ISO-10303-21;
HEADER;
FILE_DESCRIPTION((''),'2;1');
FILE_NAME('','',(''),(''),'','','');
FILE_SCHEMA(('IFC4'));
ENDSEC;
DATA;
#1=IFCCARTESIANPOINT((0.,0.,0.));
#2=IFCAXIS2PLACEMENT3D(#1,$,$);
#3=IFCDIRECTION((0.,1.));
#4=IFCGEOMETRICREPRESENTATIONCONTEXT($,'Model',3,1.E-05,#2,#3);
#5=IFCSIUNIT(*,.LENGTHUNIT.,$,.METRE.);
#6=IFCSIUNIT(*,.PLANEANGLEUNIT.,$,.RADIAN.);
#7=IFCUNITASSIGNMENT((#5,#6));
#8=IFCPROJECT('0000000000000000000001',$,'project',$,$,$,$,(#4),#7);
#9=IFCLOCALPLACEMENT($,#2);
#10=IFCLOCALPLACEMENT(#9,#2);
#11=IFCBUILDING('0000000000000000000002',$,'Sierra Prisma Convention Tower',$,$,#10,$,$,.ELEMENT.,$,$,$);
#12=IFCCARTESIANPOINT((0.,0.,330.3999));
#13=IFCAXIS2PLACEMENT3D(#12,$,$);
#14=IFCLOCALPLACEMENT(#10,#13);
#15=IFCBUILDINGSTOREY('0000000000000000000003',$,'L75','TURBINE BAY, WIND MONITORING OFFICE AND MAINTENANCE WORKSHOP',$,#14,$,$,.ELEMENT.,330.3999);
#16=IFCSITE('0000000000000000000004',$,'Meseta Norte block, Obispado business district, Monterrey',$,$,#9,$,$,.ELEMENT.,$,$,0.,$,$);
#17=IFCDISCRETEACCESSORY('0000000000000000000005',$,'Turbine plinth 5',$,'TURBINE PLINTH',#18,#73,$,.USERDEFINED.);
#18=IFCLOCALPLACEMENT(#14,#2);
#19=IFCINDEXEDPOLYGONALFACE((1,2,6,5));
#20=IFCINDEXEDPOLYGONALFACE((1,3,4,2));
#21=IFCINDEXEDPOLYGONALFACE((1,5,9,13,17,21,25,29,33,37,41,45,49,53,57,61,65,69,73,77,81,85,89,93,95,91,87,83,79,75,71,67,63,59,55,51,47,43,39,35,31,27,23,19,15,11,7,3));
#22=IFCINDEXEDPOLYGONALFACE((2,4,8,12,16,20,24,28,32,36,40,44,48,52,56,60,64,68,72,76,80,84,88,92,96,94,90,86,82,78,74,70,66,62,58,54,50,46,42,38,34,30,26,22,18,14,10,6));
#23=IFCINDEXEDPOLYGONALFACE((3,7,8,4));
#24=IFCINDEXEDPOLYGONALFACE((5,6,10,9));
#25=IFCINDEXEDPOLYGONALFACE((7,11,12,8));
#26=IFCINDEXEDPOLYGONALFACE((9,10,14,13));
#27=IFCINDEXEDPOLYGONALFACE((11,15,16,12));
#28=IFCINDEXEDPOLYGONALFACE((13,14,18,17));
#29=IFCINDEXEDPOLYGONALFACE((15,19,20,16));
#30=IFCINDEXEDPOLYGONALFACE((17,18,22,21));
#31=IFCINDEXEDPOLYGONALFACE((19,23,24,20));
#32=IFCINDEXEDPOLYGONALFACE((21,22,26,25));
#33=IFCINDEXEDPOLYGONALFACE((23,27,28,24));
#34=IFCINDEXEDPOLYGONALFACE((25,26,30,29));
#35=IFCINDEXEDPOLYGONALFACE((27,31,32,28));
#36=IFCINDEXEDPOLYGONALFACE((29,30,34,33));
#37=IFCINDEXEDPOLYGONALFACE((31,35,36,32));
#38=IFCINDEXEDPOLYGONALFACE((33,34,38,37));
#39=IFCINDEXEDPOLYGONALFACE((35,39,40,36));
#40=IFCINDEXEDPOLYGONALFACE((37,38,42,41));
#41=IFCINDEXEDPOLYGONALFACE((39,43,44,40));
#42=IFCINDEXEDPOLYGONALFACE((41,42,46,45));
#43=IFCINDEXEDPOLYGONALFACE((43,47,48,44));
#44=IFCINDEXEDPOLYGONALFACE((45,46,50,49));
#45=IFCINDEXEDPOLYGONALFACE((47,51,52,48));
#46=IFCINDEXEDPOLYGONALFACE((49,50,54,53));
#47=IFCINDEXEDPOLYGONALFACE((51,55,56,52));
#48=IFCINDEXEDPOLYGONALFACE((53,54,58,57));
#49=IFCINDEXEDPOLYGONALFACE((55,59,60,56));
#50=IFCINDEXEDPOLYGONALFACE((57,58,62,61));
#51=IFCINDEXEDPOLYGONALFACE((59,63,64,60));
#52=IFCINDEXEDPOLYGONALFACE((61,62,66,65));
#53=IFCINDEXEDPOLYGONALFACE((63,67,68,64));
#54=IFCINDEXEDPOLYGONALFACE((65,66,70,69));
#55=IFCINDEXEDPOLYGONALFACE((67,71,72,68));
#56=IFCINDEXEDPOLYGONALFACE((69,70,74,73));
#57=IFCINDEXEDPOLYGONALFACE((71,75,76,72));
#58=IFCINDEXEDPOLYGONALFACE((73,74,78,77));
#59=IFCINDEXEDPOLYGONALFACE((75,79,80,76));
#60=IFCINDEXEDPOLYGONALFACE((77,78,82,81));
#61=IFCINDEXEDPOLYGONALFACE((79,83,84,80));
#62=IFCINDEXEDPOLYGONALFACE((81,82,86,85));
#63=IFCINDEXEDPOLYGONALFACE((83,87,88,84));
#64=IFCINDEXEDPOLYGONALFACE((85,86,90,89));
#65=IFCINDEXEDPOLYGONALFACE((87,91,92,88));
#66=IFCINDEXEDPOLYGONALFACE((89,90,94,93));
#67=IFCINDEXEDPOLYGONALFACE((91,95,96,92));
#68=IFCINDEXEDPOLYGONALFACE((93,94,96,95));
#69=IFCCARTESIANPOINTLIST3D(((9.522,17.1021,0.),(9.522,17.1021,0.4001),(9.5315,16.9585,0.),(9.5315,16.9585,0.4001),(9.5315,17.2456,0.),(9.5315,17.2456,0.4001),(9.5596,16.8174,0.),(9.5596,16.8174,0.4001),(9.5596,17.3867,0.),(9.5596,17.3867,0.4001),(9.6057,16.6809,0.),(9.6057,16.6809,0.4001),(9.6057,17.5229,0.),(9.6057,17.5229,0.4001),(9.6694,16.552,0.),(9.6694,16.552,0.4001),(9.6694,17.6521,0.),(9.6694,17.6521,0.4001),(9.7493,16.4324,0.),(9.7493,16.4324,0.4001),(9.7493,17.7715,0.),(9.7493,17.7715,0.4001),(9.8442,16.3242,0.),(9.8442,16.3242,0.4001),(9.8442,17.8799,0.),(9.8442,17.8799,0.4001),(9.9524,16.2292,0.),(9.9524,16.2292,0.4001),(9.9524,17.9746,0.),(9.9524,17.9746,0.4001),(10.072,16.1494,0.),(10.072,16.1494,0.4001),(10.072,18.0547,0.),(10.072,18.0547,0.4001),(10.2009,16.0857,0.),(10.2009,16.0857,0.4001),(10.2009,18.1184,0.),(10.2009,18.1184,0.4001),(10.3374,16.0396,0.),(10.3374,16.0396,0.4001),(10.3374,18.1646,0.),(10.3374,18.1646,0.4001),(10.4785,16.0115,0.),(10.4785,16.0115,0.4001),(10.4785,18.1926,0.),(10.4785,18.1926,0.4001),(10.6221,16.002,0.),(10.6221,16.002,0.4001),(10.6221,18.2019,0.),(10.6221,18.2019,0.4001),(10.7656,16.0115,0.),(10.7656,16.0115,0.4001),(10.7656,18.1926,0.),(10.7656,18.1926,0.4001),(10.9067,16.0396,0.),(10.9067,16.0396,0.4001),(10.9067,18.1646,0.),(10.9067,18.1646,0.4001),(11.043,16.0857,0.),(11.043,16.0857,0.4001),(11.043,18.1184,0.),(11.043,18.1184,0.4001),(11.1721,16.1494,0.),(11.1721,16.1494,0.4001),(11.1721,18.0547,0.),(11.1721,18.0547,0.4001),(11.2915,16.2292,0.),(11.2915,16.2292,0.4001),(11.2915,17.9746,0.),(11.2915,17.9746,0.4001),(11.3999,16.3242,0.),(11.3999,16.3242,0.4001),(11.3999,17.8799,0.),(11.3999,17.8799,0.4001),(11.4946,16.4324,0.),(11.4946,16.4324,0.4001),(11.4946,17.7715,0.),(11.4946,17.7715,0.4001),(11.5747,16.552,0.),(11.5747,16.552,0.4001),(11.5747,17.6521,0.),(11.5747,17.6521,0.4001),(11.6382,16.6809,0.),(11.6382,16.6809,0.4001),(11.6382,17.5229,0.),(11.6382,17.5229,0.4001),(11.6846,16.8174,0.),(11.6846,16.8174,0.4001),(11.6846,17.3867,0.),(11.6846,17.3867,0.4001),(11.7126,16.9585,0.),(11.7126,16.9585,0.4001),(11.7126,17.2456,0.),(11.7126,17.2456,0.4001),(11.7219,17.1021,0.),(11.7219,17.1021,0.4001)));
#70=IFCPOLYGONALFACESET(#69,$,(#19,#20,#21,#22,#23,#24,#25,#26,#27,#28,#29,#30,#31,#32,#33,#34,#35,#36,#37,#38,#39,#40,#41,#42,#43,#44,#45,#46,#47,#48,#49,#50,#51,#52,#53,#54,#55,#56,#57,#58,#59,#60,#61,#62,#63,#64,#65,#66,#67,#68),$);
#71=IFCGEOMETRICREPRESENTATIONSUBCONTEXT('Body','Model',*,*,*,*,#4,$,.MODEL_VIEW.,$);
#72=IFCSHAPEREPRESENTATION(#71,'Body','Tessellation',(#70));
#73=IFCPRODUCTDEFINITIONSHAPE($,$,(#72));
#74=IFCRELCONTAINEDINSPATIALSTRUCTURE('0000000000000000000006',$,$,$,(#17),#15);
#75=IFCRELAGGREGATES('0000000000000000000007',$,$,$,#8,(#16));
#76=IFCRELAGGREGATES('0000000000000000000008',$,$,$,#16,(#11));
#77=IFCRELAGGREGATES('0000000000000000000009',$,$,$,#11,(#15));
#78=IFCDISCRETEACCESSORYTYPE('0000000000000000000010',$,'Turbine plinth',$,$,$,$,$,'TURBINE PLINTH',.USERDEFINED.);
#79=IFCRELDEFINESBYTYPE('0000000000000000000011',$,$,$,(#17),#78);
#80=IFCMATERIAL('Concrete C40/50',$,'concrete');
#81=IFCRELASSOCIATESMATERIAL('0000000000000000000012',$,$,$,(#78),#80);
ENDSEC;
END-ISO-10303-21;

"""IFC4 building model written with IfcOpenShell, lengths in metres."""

from ifc_helpers import new_model, si_unit, direction, frame, origin, place, context, subcontext, project, spatial, polyline, outline, extrude, material, type_object, element, save


model = new_model("IFC4")

# Units and contexts
model_context = context("Model", 3, precision=1e-05, world=origin(), true_north=direction((0.0, 1.0)))
body_context = subcontext(model_context, "Body", "Model", "MODEL_VIEW")
ifc_project = project(units=[si_unit("LENGTHUNIT", "METRE"), si_unit("PLANEANGLEUNIT", "RADIAN")], contexts=[model_context])

# Site, building, storey
site_placement = place(None, origin())
site = spatial("IfcSite", under=ifc_project, at=site_placement, Name="Meseta Norte block, Obispado business district, Monterrey", CompositionType="ELEMENT", RefElevation=0.0)
building_placement = place(site_placement, origin())
building = spatial("IfcBuilding", under=site, at=building_placement, Name="Sierra Prisma Convention Tower", CompositionType="ELEMENT")
storey_placement = place(building_placement, frame((0.0, 0.0, 330.3999)))
storey = spatial("IfcBuildingStorey", under=building, at=storey_placement, Name="L75", Description="TURBINE BAY, WIND MONITORING OFFICE AND MAINTENANCE WORKSHOP", CompositionType="ELEMENT", Elevation=330.3999)

# Discrete accessory
ifc_material_1 = material(Name="Concrete C40/50", Category="concrete")
discrete_accessory_type_1 = type_object("IfcDiscreteAccessoryType", Name="Turbine plinth", ElementType="TURBINE PLINTH", PredefinedType="USERDEFINED", material=ifc_material_1)
discrete_accessory_1_placement = place(storey_placement, origin())
element("IfcDiscreteAccessory", 1, at=discrete_accessory_1_placement, inside=storey, type_object=discrete_accessory_type_1, Name="Turbine plinth 5", ObjectType="TURBINE PLINTH", PredefinedType="USERDEFINED", context=body_context, shape_type="SweptSolid", body=[
    extrude(outline(polyline([(11.7219, 17.1021), (11.7126, 17.2456), (11.6846, 17.3867), (11.6382, 17.5229), (11.5747, 17.6521), (11.4946, 17.7715), (11.3999, 17.8799), (11.2915, 17.9746), (11.1721, 18.0547), (11.043, 18.1184), (10.9067, 18.1646), (10.7656, 18.1926), (10.6221, 18.2019), (10.4785, 18.1926), (10.3374, 18.1646), (10.2009, 18.1184), (10.072, 18.0547), (9.9524, 17.9746), (9.8442, 17.8799), (9.7493, 17.7715), (9.6694, 17.6521), (9.6057, 17.5229), (9.5596, 17.3867), (9.5315, 17.2456), (9.522, 17.1021), (9.5315, 16.9585), (9.5596, 16.8174), (9.6057, 16.6809), (9.6694, 16.552), (9.7493, 16.4324), (9.8442, 16.3242), (9.9524, 16.2292), (10.072, 16.1494), (10.2009, 16.0857), (10.3374, 16.0396), (10.4785, 16.0115), (10.6221, 16.002), (10.7656, 16.0115), (10.9067, 16.0396), (11.043, 16.0857), (11.1721, 16.1494), (11.2915, 16.2292), (11.3999, 16.3242), (11.4946, 16.4324), (11.5747, 16.552), (11.6382, 16.6809), (11.6846, 16.8174), (11.7126, 16.9585), (11.7219, 17.1021)])), origin(), (0.0, 0.0, 1.0), 0.4001),
])

save(model, "model.ifc")
